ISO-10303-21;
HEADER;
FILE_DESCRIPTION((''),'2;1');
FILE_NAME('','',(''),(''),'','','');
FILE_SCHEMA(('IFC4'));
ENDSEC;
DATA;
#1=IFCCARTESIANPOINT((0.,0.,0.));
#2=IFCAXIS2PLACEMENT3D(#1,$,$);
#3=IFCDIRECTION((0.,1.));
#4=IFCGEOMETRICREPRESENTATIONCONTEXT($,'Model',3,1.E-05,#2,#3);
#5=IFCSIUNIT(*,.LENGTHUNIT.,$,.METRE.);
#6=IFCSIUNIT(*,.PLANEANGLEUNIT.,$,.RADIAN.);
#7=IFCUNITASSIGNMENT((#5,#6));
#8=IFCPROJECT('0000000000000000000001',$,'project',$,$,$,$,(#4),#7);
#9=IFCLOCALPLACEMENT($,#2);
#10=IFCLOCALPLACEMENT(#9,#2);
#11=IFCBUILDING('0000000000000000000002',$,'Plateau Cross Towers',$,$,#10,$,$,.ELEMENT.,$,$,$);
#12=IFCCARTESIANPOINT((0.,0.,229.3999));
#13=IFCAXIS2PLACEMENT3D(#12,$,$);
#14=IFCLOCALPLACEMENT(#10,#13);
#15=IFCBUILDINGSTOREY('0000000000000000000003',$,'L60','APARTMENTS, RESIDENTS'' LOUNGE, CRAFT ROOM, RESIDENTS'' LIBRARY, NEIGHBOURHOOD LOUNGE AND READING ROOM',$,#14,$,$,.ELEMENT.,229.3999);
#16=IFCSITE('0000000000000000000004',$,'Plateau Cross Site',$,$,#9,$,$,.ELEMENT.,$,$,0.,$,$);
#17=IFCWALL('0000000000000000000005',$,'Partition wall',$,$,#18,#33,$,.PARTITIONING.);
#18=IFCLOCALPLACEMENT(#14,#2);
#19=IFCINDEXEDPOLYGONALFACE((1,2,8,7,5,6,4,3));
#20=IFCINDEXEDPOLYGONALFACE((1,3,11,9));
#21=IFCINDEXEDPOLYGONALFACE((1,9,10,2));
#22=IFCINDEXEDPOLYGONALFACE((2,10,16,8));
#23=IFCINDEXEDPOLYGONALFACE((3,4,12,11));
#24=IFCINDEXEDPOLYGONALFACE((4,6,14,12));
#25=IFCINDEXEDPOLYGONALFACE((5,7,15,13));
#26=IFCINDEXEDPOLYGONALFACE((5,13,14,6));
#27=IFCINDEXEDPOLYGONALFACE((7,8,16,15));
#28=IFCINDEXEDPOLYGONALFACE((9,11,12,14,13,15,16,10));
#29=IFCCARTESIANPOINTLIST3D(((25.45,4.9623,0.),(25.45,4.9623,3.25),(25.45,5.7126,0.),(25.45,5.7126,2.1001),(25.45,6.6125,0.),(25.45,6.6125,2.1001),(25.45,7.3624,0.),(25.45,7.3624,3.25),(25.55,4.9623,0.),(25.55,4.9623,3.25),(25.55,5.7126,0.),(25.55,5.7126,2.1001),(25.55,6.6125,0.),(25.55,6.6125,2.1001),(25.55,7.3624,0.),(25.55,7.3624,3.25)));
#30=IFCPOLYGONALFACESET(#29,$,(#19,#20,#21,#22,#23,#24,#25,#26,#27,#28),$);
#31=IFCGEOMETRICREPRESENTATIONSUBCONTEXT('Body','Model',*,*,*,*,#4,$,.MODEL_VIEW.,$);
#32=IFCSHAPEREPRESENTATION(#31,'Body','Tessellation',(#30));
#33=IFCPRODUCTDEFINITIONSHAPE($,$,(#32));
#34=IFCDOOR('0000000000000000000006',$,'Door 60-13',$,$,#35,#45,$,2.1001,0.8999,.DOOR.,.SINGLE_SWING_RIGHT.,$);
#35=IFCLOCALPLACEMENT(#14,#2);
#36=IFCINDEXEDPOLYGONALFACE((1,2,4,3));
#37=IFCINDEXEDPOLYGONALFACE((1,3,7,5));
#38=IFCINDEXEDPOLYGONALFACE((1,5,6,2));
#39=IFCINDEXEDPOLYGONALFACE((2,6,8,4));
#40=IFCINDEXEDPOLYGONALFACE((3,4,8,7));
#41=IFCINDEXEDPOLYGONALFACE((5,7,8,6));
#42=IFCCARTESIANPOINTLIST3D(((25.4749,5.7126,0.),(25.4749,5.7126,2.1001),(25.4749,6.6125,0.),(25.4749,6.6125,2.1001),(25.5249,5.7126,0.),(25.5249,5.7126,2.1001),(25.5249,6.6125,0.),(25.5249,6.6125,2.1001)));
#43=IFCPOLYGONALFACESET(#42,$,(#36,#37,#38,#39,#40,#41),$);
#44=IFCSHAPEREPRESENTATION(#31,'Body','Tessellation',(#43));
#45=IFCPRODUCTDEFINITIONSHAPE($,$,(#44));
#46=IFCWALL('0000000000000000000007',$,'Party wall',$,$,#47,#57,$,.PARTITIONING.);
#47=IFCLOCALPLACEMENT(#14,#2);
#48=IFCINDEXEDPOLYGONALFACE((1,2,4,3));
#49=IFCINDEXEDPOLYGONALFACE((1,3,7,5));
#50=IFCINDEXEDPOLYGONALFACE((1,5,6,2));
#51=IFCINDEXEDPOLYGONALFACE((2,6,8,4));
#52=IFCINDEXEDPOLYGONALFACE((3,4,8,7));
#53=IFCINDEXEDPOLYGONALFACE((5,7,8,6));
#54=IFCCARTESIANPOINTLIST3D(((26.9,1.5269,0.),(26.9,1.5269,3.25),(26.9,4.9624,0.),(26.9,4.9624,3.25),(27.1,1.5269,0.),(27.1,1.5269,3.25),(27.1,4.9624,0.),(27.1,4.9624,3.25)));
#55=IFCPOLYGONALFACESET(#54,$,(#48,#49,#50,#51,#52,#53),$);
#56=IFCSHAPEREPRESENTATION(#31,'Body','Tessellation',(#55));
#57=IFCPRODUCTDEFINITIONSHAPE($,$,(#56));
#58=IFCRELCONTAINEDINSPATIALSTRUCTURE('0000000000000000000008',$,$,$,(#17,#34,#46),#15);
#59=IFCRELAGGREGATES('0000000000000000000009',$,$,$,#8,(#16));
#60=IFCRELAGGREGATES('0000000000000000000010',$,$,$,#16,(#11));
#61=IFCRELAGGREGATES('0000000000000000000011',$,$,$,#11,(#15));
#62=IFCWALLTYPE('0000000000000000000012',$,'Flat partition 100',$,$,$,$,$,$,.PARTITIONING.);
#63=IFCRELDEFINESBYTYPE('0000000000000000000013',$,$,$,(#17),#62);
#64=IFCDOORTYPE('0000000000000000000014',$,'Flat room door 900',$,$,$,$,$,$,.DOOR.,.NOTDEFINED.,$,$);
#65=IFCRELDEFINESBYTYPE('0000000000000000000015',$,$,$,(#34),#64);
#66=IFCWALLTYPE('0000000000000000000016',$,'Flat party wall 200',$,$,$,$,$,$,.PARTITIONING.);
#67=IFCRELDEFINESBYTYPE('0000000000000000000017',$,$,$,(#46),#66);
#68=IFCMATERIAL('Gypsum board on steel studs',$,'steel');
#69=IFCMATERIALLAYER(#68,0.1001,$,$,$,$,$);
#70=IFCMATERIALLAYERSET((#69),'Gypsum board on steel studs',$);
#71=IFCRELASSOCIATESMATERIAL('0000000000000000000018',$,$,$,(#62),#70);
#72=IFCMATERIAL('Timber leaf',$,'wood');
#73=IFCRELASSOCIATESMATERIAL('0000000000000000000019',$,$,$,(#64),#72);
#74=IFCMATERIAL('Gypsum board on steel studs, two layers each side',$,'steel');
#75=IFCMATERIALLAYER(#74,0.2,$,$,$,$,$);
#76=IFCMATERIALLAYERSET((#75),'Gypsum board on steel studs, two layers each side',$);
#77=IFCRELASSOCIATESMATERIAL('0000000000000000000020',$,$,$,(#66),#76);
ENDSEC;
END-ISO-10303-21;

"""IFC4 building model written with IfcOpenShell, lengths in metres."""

from ifc_helpers import new_model, si_unit, direction, frame, frame_2d, origin, place, context, subcontext, project, spatial, rectangle, extrude, material, layer, layer_set, type_object, element, fill, save


model = new_model("IFC4")

# Units and contexts
model_context = context("Model", 3, precision=1e-05, world=origin(), true_north=direction((0.0, 1.0)))
body_context = subcontext(model_context, "Body", "Model", "MODEL_VIEW")
ifc_project = project(units=[si_unit("LENGTHUNIT", "METRE"), si_unit("PLANEANGLEUNIT", "RADIAN")], contexts=[model_context])

# Site, building, storey
site_placement = place(None, origin())
site = spatial("IfcSite", under=ifc_project, at=site_placement, Name="Plateau Cross Site", CompositionType="ELEMENT", RefElevation=0.0)
building_placement = place(site_placement, origin())
building = spatial("IfcBuilding", under=site, at=building_placement, Name="Plateau Cross Towers", CompositionType="ELEMENT")
storey_placement = place(building_placement, frame((0.0, 0.0, 229.3999)))
storey = spatial("IfcBuildingStorey", under=building, at=storey_placement, Name="L60", Description="APARTMENTS, RESIDENTS' LOUNGE, CRAFT ROOM, RESIDENTS' LIBRARY, NEIGHBOURHOOD LOUNGE AND READING ROOM", CompositionType="ELEMENT", Elevation=229.3999)

# Shared definitions
ifc_material_1 = material(Name="Gypsum board on steel studs", Category="steel")
ifc_layer_1 = layer(ifc_material_1, 0.1001)
ifc_layer_set_1 = layer_set([ifc_layer_1], Name="Gypsum board on steel studs")
wall_type_1 = type_object("IfcWallType", Name="Flat partition 100", PredefinedType="PARTITIONING", material=ifc_layer_set_1)

# Wall, opening, door
ifc_material_2 = material(Name="Timber leaf", Category="wood")
door_type_1 = type_object("IfcDoorType", Name="Flat room door 900", OperationType="NOTDEFINED", PredefinedType="DOOR", material=ifc_material_2)
wall_1_placement = place(storey_placement, frame((25.5, 7.3625, 0.0), z_axis=(0.0, 0.0, 1.0), x_axis=(0.0, -1.0, 0.0)))
wall_1 = element("IfcWall", 1, at=wall_1_placement, inside=storey, type_object=wall_type_1, Name="Partition wall", PredefinedType="PARTITIONING", context=body_context, shape_type="SweptSolid", body=[
    extrude(rectangle(XDim=2.4001, YDim=0.1001, at=frame_2d((1.2002, 0.0))), origin(), (0.0, 0.0, 1.0), 3.25),
])
opening_1_placement = place(wall_1_placement, frame((0.75, 0.0, 0.0)))
opening_1 = element("IfcOpeningElement", 2, at=opening_1_placement, cuts=wall_1, PredefinedType="OPENING", context=body_context, shape_type="SweptSolid", body=[
    extrude(rectangle(XDim=0.8999, YDim=2.1001, at=frame_2d((0.45, 1.05))), frame((0.0, 0.0601, 0.0), z_axis=(0.0, -1.0, 0.0), x_axis=(1.0, 0.0, 0.0)), (0.0, 0.0, 1.0), 0.1201),
])
door_1_placement = place(opening_1_placement, origin())
door_1 = element("IfcDoor", 3, at=door_1_placement, inside=storey, type_object=door_type_1, Name="Door 60-13", OperationType="SINGLE_SWING_RIGHT", OverallHeight=2.1001, OverallWidth=0.8999, PredefinedType="DOOR", context=body_context, shape_type="SweptSolid", body=[
    extrude(rectangle(XDim=0.8999, YDim=2.1001, at=frame_2d((0.45, 1.05))), frame((0.0, 0.0249, 0.0), z_axis=(0.0, -1.0, 0.0), x_axis=(1.0, 0.0, 0.0)), (0.0, 0.0, 1.0), 0.05),
])
fill(opening_1, door_1)

# Wall
ifc_material_3 = material(Name="Gypsum board on steel studs, two layers each side", Category="steel")
ifc_layer_2 = layer(ifc_material_3, 0.2)
ifc_layer_set_2 = layer_set([ifc_layer_2], Name="Gypsum board on steel studs, two layers each side")
wall_type_2 = type_object("IfcWallType", Name="Flat party wall 200", PredefinedType="PARTITIONING", material=ifc_layer_set_2)
wall_2_placement = place(storey_placement, frame((27.0, 4.9624, 0.0), z_axis=(0.0, 0.0, 1.0), x_axis=(0.0, -1.0, 0.0)))
element("IfcWall", 4, at=wall_2_placement, inside=storey, type_object=wall_type_2, Name="Party wall", PredefinedType="PARTITIONING", context=body_context, shape_type="SweptSolid", body=[
    extrude(rectangle(XDim=3.4355, YDim=0.2, at=frame_2d((1.7178, 0.0))), origin(), (0.0, 0.0, 1.0), 3.25),
])

save(model, "model.ifc")
